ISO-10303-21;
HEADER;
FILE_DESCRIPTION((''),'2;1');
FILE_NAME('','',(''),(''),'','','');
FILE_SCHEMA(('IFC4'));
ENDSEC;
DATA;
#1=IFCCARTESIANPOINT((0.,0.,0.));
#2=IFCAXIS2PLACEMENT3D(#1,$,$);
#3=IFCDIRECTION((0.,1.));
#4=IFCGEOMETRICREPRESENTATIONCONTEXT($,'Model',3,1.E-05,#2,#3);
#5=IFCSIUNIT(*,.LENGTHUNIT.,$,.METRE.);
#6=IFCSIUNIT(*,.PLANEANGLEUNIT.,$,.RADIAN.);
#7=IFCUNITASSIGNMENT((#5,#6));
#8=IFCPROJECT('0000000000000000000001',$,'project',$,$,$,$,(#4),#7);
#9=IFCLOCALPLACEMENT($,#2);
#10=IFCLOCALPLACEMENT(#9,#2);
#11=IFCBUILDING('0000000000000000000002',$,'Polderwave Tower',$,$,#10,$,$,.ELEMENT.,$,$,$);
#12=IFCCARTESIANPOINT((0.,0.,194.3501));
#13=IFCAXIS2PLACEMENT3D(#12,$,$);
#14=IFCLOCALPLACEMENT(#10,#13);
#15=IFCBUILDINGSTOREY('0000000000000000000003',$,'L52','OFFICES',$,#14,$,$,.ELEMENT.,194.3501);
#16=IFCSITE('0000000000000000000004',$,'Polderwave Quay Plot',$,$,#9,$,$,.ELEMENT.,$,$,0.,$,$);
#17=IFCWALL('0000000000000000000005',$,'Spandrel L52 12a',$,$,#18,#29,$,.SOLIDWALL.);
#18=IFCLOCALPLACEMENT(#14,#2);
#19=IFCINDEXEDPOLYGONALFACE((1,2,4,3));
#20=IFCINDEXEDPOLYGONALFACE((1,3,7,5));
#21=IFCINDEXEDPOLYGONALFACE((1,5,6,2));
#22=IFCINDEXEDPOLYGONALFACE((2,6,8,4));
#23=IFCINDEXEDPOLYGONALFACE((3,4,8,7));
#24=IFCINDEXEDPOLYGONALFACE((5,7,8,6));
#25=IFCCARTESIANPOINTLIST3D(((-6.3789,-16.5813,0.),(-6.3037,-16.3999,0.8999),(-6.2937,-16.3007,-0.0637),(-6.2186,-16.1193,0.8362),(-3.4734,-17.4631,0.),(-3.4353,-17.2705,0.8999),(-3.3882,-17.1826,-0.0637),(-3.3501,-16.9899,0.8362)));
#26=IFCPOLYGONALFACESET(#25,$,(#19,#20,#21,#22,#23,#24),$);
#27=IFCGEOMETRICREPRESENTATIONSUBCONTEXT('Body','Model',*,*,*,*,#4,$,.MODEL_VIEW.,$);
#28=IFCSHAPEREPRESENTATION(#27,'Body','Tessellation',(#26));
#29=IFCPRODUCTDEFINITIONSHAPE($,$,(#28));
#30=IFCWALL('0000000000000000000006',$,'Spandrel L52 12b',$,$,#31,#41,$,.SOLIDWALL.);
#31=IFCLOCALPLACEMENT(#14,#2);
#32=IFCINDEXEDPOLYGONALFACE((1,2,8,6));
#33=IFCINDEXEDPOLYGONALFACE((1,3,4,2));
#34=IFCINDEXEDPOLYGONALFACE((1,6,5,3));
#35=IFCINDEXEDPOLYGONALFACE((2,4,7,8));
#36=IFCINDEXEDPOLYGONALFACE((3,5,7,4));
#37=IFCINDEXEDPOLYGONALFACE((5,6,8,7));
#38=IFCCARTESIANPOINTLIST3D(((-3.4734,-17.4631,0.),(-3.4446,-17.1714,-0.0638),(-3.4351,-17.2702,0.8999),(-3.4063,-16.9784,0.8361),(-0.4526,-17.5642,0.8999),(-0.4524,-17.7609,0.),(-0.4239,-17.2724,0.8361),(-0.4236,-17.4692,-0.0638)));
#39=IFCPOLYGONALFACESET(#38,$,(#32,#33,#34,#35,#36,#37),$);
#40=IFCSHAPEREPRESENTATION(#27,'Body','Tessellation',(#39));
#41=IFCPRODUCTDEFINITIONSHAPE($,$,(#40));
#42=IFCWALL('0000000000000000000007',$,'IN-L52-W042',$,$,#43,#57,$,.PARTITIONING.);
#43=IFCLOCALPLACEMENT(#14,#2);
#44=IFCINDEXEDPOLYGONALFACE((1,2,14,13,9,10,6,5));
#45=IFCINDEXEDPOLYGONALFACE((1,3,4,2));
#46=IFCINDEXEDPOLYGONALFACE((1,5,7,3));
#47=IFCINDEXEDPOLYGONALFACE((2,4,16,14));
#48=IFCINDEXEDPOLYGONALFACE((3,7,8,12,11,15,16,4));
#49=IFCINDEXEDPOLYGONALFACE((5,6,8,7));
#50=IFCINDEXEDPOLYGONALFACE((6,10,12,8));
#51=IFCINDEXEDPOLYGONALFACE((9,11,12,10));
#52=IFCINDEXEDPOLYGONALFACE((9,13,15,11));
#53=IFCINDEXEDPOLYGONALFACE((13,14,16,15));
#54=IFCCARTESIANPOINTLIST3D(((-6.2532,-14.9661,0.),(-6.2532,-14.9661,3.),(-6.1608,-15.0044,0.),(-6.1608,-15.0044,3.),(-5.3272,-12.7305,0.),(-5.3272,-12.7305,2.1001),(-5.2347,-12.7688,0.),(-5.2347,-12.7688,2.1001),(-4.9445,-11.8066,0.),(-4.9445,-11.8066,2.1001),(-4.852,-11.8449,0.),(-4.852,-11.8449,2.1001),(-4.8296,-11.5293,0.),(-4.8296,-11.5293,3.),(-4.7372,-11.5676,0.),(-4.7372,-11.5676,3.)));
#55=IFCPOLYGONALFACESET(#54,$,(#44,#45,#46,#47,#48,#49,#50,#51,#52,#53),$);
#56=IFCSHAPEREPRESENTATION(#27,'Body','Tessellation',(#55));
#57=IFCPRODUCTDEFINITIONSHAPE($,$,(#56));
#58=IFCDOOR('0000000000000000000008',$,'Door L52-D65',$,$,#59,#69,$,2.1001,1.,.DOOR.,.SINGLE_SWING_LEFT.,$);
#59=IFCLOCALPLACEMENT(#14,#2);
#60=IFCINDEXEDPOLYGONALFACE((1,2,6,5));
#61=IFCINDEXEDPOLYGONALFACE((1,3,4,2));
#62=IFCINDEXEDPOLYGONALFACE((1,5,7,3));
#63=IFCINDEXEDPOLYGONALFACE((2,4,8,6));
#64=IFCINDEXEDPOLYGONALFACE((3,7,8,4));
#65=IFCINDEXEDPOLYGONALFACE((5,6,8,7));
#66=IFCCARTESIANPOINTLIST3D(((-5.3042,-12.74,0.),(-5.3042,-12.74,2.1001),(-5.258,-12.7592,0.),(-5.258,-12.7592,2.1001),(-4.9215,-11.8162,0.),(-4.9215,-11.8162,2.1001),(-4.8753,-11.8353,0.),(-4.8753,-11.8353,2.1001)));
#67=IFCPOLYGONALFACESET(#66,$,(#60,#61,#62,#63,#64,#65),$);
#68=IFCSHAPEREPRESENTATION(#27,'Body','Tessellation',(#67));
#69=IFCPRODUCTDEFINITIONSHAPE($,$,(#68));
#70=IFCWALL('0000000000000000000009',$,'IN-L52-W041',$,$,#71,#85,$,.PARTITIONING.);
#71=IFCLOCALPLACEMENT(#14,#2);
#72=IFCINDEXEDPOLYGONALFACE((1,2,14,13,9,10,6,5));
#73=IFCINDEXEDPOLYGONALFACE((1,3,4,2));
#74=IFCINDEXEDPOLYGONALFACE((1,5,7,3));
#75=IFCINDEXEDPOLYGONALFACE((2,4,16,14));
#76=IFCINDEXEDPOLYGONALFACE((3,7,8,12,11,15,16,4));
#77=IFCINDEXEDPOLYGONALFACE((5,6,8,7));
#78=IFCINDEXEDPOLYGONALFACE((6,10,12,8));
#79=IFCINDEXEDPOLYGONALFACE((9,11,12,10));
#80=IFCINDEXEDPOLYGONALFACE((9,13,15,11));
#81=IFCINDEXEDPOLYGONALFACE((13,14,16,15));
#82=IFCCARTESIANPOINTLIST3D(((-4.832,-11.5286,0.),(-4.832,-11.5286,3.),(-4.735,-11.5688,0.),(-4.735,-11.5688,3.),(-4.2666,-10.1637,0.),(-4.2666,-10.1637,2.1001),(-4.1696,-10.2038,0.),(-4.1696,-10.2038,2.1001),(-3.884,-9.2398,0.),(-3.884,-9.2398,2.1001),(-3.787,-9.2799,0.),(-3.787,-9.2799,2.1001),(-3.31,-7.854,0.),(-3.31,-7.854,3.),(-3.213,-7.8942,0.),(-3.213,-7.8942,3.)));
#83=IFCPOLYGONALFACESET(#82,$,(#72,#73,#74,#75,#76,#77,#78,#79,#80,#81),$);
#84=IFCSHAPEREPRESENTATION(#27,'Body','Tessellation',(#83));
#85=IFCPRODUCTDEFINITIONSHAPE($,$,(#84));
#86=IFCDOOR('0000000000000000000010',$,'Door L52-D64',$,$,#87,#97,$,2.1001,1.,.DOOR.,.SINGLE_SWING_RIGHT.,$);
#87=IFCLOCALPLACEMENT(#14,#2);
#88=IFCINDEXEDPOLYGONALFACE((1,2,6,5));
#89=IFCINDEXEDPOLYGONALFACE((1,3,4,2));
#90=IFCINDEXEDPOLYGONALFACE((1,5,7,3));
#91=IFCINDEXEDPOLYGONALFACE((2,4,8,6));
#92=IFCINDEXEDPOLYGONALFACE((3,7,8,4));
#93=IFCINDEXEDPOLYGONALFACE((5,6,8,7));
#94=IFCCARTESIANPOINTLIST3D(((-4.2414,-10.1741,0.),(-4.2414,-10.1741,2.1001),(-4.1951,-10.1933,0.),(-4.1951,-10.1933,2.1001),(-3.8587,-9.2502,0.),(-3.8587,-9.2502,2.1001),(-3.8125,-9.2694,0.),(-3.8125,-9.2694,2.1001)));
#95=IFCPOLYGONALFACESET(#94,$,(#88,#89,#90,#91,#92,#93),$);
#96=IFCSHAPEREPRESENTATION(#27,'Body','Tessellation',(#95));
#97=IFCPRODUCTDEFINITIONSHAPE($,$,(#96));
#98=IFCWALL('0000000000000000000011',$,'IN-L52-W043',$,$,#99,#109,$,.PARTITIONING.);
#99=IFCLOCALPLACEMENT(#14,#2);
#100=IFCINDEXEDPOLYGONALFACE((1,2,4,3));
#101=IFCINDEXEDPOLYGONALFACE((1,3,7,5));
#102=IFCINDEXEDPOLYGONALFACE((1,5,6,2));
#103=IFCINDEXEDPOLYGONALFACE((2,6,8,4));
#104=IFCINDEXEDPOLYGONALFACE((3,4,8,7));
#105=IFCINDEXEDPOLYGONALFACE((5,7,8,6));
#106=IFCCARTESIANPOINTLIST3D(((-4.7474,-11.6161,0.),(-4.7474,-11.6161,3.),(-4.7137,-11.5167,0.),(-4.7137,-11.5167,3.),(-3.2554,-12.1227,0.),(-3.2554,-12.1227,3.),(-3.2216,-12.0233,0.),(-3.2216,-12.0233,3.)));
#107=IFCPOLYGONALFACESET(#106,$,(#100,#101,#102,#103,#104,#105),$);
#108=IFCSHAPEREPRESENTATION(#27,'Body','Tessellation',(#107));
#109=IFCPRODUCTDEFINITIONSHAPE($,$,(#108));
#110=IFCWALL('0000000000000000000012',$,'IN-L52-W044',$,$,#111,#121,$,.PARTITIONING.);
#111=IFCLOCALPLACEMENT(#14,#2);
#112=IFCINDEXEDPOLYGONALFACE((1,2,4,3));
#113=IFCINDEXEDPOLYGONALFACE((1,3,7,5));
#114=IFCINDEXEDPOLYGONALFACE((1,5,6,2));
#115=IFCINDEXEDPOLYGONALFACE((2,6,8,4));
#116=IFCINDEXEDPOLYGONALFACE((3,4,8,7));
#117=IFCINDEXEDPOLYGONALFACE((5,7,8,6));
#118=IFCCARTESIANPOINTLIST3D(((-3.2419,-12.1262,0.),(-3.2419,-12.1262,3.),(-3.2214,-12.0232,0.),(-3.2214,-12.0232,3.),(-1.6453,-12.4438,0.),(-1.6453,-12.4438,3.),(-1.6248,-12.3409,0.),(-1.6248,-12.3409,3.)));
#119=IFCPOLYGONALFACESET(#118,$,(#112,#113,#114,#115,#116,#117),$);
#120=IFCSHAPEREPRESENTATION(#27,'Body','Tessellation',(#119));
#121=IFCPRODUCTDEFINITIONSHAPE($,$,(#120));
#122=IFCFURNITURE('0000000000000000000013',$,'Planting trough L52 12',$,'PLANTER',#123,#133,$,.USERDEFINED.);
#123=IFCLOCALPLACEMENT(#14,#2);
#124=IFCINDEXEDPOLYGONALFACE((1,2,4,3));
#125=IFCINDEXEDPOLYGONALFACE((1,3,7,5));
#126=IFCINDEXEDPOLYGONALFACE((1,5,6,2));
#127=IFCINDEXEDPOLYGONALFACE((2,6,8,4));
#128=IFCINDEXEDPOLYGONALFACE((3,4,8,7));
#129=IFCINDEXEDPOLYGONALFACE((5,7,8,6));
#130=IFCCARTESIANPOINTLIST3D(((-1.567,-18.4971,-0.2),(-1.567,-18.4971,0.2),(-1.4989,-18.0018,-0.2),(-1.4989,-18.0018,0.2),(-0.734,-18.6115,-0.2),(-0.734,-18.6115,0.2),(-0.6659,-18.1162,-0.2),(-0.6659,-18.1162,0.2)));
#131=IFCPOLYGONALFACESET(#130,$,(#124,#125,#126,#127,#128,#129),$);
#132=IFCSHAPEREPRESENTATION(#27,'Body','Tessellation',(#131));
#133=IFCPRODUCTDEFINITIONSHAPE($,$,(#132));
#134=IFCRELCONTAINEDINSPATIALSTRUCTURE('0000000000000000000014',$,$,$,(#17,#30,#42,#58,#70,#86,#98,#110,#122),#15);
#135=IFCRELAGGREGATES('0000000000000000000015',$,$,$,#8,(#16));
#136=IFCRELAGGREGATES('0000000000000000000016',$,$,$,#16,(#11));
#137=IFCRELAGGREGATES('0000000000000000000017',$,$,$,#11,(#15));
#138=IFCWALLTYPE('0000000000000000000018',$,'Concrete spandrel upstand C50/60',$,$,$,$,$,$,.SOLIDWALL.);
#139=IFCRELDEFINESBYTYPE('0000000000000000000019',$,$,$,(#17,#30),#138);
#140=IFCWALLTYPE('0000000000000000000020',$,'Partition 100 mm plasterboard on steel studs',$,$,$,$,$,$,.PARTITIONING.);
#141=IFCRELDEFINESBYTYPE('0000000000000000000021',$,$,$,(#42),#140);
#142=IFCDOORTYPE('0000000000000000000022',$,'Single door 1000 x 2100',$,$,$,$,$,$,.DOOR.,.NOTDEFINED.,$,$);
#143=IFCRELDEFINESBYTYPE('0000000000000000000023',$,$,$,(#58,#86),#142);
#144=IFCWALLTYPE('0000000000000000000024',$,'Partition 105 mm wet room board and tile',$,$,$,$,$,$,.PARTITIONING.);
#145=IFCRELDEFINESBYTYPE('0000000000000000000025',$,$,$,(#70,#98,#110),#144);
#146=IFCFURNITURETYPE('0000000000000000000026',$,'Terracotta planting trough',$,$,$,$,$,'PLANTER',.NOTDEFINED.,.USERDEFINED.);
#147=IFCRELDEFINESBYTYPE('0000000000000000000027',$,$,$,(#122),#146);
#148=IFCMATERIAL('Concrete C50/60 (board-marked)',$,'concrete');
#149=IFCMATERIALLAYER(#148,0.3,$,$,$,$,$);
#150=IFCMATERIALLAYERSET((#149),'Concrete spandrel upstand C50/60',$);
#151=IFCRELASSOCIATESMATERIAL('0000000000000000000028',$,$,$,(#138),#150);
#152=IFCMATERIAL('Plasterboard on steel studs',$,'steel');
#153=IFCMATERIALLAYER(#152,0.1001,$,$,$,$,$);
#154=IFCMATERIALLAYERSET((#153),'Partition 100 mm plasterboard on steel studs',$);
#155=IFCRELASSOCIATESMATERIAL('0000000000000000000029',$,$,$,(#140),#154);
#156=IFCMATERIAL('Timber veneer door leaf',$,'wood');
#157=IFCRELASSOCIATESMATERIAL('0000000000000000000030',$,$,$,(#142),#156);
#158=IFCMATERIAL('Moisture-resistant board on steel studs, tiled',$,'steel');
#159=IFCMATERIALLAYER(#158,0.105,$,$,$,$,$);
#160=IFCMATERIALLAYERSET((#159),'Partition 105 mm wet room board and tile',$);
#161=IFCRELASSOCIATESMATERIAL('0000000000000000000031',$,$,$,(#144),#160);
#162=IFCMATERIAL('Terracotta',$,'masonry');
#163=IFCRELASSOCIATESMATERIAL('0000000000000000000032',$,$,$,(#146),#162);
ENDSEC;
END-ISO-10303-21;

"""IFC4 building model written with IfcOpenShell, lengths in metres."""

from ifc_helpers import new_model, si_unit, direction, frame, frame_2d, origin, origin_2d, place, context, subcontext, project, spatial, polyline, rectangle, outline, extrude, material, layer, layer_set, type_object, element, fill, save


model = new_model("IFC4")

# Units and contexts
model_context = context("Model", 3, precision=1e-05, world=origin(), true_north=direction((0.0, 1.0)))
body_context = subcontext(model_context, "Body", "Model", "MODEL_VIEW")
ifc_project = project(units=[si_unit("LENGTHUNIT", "METRE"), si_unit("PLANEANGLEUNIT", "RADIAN")], contexts=[model_context])

# Site, building, storey
site_placement = place(None, origin())
site = spatial("IfcSite", under=ifc_project, at=site_placement, Name="Polderwave Quay Plot", CompositionType="ELEMENT", RefElevation=0.0)
building_placement = place(site_placement, origin())
building = spatial("IfcBuilding", under=site, at=building_placement, Name="Polderwave Tower", CompositionType="ELEMENT")
storey_placement = place(building_placement, frame((0.0, 0.0, 194.3501)))
storey = spatial("IfcBuildingStorey", under=building, at=storey_placement, Name="L52", Description="OFFICES", CompositionType="ELEMENT", Elevation=194.3501)

# Walls
ifc_material_1 = material(Name="Concrete C50/60 (board-marked)", Category="concrete")
ifc_layer_1 = layer(ifc_material_1, 0.3)
ifc_layer_set_1 = layer_set([ifc_layer_1], Name="Concrete spandrel upstand C50/60")
wall_type_1 = type_object("IfcWallType", Name="Concrete spandrel upstand C50/60", PredefinedType="SOLIDWALL", material=ifc_layer_set_1)
wall_1_placement = place(storey_placement, frame((-6.3789, -16.5813, 0.0), z_axis=(-0.283814, -0.935107, 0.212191), x_axis=(0.956897, -0.290427, 0.000001)))
element("IfcWall", 1, at=wall_1_placement, inside=storey, type_object=wall_type_1, Name="Spandrel L52 12a", PredefinedType="SOLIDWALL", context=body_context, shape_type="SweptSolid", body=[
    extrude(outline(polyline([(0.0, 0.0), (3.0364, 0.0), (3.0169, 0.9209), (0.0193, 0.9209), (0.0, 0.0)])), origin(), (0.0, 0.0, -1.0), 0.3),
])
wall_2_placement = place(storey_placement, frame((-3.4734, -17.4631, 0.0), z_axis=(-0.095859, -0.972436, 0.212556), x_axis=(0.995176, -0.098102, -0.000004)))
element("IfcWall", 2, at=wall_2_placement, inside=storey, type_object=wall_type_1, Name="Spandrel L52 12b", PredefinedType="SOLIDWALL", context=body_context, shape_type="SweptSolid", body=[
    extrude(outline(polyline([(0.0, 0.0), (3.0356, 0.0), (3.0161, 0.921), (0.0192, 0.9209), (0.0, 0.0)])), origin(), (0.0, 0.0, -1.0), 0.3),
])

# Walls, openings, doors
ifc_material_2 = material(Name="Plasterboard on steel studs", Category="steel")
ifc_layer_2 = layer(ifc_material_2, 0.1001)
ifc_layer_set_2 = layer_set([ifc_layer_2], Name="Partition 100 mm plasterboard on steel studs")
wall_type_2 = type_object("IfcWallType", Name="Partition 100 mm plasterboard on steel studs", PredefinedType="PARTITIONING", material=ifc_layer_set_2)
wall_3_placement = place(storey_placement, frame((-4.7834, -11.5486, 0.0), z_axis=(0.0, 0.0, 1.0), x_axis=(-0.38269, -0.923877, 0.0)))
wall_3 = element("IfcWall", 3, at=wall_3_placement, inside=storey, type_object=wall_type_2, Name="IN-L52-W042", PredefinedType="PARTITIONING", context=body_context, shape_type="SweptSolid", body=[
    extrude(rectangle(XDim=3.72, YDim=0.1001, at=frame_2d((1.8599, 0.0))), origin(), (0.0, 0.0, 1.0), 3.0),
])
opening_1_placement = place(wall_3_placement, frame((0.3, 0.0, 0.0)))
opening_1 = element("IfcOpeningElement", 4, at=opening_1_placement, cuts=wall_3, PredefinedType="OPENING", context=body_context, shape_type="SweptSolid", body=[
    extrude(rectangle(XDim=1.0, YDim=2.1001, at=frame_2d((0.5, 1.05))), frame((0.0, 0.0601, 0.0), z_axis=(0.0, -1.0, 0.0), x_axis=(1.0, 0.0, 0.0)), (0.0, 0.0, 1.0), 0.1201),
])
ifc_material_3 = material(Name="Timber veneer door leaf", Category="wood")
door_type = type_object("IfcDoorType", Name="Single door 1000 x 2100", OperationType="NOTDEFINED", PredefinedType="DOOR", material=ifc_material_3)
door_1_placement = place(opening_1_placement, origin())
door_1 = element("IfcDoor", 5, at=door_1_placement, inside=storey, type_object=door_type, Name="Door L52-D65", OperationType="SINGLE_SWING_LEFT", OverallHeight=2.1001, OverallWidth=1.0, PredefinedType="DOOR", context=body_context, shape_type="SweptSolid", body=[
    extrude(rectangle(XDim=1.0, YDim=2.1001, at=frame_2d((0.5, 1.05))), frame((0.0, 0.0249, 0.0), z_axis=(0.0, -1.0, 0.0), x_axis=(1.0, 0.0, 0.0)), (0.0, 0.0, 1.0), 0.05),
])
fill(opening_1, door_1)
ifc_material_4 = material(Name="Moisture-resistant board on steel studs, tiled", Category="steel")
ifc_layer_3 = layer(ifc_material_4, 0.105)
ifc_layer_set_3 = layer_set([ifc_layer_3], Name="Partition 105 mm wet room board and tile")
wall_type_3 = type_object("IfcWallType", Name="Partition 105 mm wet room board and tile", PredefinedType="PARTITIONING", material=ifc_layer_set_3)
wall_4_placement = place(storey_placement, frame((-3.2615, -7.874, 0.0), z_axis=(0.0, 0.0, 1.0), x_axis=(-0.382666, -0.923887, 0.0)))
wall_4 = element("IfcWall", 6, at=wall_4_placement, inside=storey, type_object=wall_type_3, Name="IN-L52-W041", PredefinedType="PARTITIONING", context=body_context, shape_type="SweptSolid", body=[
    extrude(rectangle(XDim=3.9773, YDim=0.105, at=frame_2d((1.9888, 0.0))), origin(), (0.0, 0.0, 1.0), 3.0),
])
opening_2_placement = place(wall_4_placement, frame((1.5, 0.0, 0.0)))
opening_2 = element("IfcOpeningElement", 7, at=opening_2_placement, cuts=wall_4, PredefinedType="OPENING", context=body_context, shape_type="SweptSolid", body=[
    extrude(rectangle(XDim=1.0, YDim=2.1001, at=frame_2d((0.5, 1.05))), frame((0.0, 0.0625, 0.0), z_axis=(0.0, -1.0, 0.0), x_axis=(1.0, 0.0, 0.0)), (0.0, 0.0, 1.0), 0.125),
])
door_2_placement = place(opening_2_placement, origin())
door_2 = element("IfcDoor", 8, at=door_2_placement, inside=storey, type_object=door_type, Name="Door L52-D64", OperationType="SINGLE_SWING_RIGHT", OverallHeight=2.1001, OverallWidth=1.0, PredefinedType="DOOR", context=body_context, shape_type="SweptSolid", body=[
    extrude(rectangle(XDim=1.0, YDim=2.1001, at=frame_2d((0.5, 1.05))), frame((0.0, 0.0249, 0.0), z_axis=(0.0, -1.0, 0.0), x_axis=(1.0, 0.0, 0.0)), (0.0, 0.0, 1.0), 0.05),
])
fill(opening_2, door_2)

# Walls
wall_5_placement = place(storey_placement, frame((-3.2385, -12.073, 0.0), z_axis=(0.0, 0.0, 1.0), x_axis=(-0.946902, 0.321522, 0.0)))
element("IfcWall", 9, at=wall_5_placement, inside=storey, type_object=wall_type_3, Name="IN-L52-W043", PredefinedType="PARTITIONING", context=body_context, shape_type="SweptSolid", body=[
    extrude(rectangle(XDim=1.5757, YDim=0.105, at=frame_2d((0.7878, 0.0))), origin(), (0.0, 0.0, 1.0), 3.0),
])
wall_6_placement = place(storey_placement, frame((-1.635, -12.3923, 0.0), z_axis=(0.0, 0.0, 1.0), x_axis=(-0.980782, 0.195107, 0.0)))
element("IfcWall", 10, at=wall_6_placement, inside=storey, type_object=wall_type_3, Name="IN-L52-W044", PredefinedType="PARTITIONING", context=body_context, shape_type="SweptSolid", body=[
    extrude(rectangle(XDim=1.6279, YDim=0.105, at=frame_2d((0.814, 0.0))), origin(), (0.0, 0.0, 1.0), 3.0),
])

# Furniture
ifc_material_5 = material(Name="Terracotta", Category="masonry")
furniture_type = type_object("IfcFurnitureType", Name="Terracotta planting trough", ElementType="PLANTER", AssemblyPlace="NOTDEFINED", PredefinedType="USERDEFINED", material=ifc_material_5)
furniture_placement = place(storey_placement, frame((-1.1165, -18.3066, -0.2), z_axis=(0.0, 0.0, 1.0), x_axis=(0.990703, -0.136042, 0.0)))
element("IfcFurniture", 11, at=furniture_placement, inside=storey, type_object=furniture_type, Name="Planting trough L52 12", ObjectType="PLANTER", PredefinedType="USERDEFINED", context=body_context, shape_type="SweptSolid", body=[
    extrude(rectangle(XDim=0.8408, YDim=0.5, at=origin_2d()), origin(), (0.0, 0.0, 1.0), 0.3999),
])

save(model, "model.ifc")
